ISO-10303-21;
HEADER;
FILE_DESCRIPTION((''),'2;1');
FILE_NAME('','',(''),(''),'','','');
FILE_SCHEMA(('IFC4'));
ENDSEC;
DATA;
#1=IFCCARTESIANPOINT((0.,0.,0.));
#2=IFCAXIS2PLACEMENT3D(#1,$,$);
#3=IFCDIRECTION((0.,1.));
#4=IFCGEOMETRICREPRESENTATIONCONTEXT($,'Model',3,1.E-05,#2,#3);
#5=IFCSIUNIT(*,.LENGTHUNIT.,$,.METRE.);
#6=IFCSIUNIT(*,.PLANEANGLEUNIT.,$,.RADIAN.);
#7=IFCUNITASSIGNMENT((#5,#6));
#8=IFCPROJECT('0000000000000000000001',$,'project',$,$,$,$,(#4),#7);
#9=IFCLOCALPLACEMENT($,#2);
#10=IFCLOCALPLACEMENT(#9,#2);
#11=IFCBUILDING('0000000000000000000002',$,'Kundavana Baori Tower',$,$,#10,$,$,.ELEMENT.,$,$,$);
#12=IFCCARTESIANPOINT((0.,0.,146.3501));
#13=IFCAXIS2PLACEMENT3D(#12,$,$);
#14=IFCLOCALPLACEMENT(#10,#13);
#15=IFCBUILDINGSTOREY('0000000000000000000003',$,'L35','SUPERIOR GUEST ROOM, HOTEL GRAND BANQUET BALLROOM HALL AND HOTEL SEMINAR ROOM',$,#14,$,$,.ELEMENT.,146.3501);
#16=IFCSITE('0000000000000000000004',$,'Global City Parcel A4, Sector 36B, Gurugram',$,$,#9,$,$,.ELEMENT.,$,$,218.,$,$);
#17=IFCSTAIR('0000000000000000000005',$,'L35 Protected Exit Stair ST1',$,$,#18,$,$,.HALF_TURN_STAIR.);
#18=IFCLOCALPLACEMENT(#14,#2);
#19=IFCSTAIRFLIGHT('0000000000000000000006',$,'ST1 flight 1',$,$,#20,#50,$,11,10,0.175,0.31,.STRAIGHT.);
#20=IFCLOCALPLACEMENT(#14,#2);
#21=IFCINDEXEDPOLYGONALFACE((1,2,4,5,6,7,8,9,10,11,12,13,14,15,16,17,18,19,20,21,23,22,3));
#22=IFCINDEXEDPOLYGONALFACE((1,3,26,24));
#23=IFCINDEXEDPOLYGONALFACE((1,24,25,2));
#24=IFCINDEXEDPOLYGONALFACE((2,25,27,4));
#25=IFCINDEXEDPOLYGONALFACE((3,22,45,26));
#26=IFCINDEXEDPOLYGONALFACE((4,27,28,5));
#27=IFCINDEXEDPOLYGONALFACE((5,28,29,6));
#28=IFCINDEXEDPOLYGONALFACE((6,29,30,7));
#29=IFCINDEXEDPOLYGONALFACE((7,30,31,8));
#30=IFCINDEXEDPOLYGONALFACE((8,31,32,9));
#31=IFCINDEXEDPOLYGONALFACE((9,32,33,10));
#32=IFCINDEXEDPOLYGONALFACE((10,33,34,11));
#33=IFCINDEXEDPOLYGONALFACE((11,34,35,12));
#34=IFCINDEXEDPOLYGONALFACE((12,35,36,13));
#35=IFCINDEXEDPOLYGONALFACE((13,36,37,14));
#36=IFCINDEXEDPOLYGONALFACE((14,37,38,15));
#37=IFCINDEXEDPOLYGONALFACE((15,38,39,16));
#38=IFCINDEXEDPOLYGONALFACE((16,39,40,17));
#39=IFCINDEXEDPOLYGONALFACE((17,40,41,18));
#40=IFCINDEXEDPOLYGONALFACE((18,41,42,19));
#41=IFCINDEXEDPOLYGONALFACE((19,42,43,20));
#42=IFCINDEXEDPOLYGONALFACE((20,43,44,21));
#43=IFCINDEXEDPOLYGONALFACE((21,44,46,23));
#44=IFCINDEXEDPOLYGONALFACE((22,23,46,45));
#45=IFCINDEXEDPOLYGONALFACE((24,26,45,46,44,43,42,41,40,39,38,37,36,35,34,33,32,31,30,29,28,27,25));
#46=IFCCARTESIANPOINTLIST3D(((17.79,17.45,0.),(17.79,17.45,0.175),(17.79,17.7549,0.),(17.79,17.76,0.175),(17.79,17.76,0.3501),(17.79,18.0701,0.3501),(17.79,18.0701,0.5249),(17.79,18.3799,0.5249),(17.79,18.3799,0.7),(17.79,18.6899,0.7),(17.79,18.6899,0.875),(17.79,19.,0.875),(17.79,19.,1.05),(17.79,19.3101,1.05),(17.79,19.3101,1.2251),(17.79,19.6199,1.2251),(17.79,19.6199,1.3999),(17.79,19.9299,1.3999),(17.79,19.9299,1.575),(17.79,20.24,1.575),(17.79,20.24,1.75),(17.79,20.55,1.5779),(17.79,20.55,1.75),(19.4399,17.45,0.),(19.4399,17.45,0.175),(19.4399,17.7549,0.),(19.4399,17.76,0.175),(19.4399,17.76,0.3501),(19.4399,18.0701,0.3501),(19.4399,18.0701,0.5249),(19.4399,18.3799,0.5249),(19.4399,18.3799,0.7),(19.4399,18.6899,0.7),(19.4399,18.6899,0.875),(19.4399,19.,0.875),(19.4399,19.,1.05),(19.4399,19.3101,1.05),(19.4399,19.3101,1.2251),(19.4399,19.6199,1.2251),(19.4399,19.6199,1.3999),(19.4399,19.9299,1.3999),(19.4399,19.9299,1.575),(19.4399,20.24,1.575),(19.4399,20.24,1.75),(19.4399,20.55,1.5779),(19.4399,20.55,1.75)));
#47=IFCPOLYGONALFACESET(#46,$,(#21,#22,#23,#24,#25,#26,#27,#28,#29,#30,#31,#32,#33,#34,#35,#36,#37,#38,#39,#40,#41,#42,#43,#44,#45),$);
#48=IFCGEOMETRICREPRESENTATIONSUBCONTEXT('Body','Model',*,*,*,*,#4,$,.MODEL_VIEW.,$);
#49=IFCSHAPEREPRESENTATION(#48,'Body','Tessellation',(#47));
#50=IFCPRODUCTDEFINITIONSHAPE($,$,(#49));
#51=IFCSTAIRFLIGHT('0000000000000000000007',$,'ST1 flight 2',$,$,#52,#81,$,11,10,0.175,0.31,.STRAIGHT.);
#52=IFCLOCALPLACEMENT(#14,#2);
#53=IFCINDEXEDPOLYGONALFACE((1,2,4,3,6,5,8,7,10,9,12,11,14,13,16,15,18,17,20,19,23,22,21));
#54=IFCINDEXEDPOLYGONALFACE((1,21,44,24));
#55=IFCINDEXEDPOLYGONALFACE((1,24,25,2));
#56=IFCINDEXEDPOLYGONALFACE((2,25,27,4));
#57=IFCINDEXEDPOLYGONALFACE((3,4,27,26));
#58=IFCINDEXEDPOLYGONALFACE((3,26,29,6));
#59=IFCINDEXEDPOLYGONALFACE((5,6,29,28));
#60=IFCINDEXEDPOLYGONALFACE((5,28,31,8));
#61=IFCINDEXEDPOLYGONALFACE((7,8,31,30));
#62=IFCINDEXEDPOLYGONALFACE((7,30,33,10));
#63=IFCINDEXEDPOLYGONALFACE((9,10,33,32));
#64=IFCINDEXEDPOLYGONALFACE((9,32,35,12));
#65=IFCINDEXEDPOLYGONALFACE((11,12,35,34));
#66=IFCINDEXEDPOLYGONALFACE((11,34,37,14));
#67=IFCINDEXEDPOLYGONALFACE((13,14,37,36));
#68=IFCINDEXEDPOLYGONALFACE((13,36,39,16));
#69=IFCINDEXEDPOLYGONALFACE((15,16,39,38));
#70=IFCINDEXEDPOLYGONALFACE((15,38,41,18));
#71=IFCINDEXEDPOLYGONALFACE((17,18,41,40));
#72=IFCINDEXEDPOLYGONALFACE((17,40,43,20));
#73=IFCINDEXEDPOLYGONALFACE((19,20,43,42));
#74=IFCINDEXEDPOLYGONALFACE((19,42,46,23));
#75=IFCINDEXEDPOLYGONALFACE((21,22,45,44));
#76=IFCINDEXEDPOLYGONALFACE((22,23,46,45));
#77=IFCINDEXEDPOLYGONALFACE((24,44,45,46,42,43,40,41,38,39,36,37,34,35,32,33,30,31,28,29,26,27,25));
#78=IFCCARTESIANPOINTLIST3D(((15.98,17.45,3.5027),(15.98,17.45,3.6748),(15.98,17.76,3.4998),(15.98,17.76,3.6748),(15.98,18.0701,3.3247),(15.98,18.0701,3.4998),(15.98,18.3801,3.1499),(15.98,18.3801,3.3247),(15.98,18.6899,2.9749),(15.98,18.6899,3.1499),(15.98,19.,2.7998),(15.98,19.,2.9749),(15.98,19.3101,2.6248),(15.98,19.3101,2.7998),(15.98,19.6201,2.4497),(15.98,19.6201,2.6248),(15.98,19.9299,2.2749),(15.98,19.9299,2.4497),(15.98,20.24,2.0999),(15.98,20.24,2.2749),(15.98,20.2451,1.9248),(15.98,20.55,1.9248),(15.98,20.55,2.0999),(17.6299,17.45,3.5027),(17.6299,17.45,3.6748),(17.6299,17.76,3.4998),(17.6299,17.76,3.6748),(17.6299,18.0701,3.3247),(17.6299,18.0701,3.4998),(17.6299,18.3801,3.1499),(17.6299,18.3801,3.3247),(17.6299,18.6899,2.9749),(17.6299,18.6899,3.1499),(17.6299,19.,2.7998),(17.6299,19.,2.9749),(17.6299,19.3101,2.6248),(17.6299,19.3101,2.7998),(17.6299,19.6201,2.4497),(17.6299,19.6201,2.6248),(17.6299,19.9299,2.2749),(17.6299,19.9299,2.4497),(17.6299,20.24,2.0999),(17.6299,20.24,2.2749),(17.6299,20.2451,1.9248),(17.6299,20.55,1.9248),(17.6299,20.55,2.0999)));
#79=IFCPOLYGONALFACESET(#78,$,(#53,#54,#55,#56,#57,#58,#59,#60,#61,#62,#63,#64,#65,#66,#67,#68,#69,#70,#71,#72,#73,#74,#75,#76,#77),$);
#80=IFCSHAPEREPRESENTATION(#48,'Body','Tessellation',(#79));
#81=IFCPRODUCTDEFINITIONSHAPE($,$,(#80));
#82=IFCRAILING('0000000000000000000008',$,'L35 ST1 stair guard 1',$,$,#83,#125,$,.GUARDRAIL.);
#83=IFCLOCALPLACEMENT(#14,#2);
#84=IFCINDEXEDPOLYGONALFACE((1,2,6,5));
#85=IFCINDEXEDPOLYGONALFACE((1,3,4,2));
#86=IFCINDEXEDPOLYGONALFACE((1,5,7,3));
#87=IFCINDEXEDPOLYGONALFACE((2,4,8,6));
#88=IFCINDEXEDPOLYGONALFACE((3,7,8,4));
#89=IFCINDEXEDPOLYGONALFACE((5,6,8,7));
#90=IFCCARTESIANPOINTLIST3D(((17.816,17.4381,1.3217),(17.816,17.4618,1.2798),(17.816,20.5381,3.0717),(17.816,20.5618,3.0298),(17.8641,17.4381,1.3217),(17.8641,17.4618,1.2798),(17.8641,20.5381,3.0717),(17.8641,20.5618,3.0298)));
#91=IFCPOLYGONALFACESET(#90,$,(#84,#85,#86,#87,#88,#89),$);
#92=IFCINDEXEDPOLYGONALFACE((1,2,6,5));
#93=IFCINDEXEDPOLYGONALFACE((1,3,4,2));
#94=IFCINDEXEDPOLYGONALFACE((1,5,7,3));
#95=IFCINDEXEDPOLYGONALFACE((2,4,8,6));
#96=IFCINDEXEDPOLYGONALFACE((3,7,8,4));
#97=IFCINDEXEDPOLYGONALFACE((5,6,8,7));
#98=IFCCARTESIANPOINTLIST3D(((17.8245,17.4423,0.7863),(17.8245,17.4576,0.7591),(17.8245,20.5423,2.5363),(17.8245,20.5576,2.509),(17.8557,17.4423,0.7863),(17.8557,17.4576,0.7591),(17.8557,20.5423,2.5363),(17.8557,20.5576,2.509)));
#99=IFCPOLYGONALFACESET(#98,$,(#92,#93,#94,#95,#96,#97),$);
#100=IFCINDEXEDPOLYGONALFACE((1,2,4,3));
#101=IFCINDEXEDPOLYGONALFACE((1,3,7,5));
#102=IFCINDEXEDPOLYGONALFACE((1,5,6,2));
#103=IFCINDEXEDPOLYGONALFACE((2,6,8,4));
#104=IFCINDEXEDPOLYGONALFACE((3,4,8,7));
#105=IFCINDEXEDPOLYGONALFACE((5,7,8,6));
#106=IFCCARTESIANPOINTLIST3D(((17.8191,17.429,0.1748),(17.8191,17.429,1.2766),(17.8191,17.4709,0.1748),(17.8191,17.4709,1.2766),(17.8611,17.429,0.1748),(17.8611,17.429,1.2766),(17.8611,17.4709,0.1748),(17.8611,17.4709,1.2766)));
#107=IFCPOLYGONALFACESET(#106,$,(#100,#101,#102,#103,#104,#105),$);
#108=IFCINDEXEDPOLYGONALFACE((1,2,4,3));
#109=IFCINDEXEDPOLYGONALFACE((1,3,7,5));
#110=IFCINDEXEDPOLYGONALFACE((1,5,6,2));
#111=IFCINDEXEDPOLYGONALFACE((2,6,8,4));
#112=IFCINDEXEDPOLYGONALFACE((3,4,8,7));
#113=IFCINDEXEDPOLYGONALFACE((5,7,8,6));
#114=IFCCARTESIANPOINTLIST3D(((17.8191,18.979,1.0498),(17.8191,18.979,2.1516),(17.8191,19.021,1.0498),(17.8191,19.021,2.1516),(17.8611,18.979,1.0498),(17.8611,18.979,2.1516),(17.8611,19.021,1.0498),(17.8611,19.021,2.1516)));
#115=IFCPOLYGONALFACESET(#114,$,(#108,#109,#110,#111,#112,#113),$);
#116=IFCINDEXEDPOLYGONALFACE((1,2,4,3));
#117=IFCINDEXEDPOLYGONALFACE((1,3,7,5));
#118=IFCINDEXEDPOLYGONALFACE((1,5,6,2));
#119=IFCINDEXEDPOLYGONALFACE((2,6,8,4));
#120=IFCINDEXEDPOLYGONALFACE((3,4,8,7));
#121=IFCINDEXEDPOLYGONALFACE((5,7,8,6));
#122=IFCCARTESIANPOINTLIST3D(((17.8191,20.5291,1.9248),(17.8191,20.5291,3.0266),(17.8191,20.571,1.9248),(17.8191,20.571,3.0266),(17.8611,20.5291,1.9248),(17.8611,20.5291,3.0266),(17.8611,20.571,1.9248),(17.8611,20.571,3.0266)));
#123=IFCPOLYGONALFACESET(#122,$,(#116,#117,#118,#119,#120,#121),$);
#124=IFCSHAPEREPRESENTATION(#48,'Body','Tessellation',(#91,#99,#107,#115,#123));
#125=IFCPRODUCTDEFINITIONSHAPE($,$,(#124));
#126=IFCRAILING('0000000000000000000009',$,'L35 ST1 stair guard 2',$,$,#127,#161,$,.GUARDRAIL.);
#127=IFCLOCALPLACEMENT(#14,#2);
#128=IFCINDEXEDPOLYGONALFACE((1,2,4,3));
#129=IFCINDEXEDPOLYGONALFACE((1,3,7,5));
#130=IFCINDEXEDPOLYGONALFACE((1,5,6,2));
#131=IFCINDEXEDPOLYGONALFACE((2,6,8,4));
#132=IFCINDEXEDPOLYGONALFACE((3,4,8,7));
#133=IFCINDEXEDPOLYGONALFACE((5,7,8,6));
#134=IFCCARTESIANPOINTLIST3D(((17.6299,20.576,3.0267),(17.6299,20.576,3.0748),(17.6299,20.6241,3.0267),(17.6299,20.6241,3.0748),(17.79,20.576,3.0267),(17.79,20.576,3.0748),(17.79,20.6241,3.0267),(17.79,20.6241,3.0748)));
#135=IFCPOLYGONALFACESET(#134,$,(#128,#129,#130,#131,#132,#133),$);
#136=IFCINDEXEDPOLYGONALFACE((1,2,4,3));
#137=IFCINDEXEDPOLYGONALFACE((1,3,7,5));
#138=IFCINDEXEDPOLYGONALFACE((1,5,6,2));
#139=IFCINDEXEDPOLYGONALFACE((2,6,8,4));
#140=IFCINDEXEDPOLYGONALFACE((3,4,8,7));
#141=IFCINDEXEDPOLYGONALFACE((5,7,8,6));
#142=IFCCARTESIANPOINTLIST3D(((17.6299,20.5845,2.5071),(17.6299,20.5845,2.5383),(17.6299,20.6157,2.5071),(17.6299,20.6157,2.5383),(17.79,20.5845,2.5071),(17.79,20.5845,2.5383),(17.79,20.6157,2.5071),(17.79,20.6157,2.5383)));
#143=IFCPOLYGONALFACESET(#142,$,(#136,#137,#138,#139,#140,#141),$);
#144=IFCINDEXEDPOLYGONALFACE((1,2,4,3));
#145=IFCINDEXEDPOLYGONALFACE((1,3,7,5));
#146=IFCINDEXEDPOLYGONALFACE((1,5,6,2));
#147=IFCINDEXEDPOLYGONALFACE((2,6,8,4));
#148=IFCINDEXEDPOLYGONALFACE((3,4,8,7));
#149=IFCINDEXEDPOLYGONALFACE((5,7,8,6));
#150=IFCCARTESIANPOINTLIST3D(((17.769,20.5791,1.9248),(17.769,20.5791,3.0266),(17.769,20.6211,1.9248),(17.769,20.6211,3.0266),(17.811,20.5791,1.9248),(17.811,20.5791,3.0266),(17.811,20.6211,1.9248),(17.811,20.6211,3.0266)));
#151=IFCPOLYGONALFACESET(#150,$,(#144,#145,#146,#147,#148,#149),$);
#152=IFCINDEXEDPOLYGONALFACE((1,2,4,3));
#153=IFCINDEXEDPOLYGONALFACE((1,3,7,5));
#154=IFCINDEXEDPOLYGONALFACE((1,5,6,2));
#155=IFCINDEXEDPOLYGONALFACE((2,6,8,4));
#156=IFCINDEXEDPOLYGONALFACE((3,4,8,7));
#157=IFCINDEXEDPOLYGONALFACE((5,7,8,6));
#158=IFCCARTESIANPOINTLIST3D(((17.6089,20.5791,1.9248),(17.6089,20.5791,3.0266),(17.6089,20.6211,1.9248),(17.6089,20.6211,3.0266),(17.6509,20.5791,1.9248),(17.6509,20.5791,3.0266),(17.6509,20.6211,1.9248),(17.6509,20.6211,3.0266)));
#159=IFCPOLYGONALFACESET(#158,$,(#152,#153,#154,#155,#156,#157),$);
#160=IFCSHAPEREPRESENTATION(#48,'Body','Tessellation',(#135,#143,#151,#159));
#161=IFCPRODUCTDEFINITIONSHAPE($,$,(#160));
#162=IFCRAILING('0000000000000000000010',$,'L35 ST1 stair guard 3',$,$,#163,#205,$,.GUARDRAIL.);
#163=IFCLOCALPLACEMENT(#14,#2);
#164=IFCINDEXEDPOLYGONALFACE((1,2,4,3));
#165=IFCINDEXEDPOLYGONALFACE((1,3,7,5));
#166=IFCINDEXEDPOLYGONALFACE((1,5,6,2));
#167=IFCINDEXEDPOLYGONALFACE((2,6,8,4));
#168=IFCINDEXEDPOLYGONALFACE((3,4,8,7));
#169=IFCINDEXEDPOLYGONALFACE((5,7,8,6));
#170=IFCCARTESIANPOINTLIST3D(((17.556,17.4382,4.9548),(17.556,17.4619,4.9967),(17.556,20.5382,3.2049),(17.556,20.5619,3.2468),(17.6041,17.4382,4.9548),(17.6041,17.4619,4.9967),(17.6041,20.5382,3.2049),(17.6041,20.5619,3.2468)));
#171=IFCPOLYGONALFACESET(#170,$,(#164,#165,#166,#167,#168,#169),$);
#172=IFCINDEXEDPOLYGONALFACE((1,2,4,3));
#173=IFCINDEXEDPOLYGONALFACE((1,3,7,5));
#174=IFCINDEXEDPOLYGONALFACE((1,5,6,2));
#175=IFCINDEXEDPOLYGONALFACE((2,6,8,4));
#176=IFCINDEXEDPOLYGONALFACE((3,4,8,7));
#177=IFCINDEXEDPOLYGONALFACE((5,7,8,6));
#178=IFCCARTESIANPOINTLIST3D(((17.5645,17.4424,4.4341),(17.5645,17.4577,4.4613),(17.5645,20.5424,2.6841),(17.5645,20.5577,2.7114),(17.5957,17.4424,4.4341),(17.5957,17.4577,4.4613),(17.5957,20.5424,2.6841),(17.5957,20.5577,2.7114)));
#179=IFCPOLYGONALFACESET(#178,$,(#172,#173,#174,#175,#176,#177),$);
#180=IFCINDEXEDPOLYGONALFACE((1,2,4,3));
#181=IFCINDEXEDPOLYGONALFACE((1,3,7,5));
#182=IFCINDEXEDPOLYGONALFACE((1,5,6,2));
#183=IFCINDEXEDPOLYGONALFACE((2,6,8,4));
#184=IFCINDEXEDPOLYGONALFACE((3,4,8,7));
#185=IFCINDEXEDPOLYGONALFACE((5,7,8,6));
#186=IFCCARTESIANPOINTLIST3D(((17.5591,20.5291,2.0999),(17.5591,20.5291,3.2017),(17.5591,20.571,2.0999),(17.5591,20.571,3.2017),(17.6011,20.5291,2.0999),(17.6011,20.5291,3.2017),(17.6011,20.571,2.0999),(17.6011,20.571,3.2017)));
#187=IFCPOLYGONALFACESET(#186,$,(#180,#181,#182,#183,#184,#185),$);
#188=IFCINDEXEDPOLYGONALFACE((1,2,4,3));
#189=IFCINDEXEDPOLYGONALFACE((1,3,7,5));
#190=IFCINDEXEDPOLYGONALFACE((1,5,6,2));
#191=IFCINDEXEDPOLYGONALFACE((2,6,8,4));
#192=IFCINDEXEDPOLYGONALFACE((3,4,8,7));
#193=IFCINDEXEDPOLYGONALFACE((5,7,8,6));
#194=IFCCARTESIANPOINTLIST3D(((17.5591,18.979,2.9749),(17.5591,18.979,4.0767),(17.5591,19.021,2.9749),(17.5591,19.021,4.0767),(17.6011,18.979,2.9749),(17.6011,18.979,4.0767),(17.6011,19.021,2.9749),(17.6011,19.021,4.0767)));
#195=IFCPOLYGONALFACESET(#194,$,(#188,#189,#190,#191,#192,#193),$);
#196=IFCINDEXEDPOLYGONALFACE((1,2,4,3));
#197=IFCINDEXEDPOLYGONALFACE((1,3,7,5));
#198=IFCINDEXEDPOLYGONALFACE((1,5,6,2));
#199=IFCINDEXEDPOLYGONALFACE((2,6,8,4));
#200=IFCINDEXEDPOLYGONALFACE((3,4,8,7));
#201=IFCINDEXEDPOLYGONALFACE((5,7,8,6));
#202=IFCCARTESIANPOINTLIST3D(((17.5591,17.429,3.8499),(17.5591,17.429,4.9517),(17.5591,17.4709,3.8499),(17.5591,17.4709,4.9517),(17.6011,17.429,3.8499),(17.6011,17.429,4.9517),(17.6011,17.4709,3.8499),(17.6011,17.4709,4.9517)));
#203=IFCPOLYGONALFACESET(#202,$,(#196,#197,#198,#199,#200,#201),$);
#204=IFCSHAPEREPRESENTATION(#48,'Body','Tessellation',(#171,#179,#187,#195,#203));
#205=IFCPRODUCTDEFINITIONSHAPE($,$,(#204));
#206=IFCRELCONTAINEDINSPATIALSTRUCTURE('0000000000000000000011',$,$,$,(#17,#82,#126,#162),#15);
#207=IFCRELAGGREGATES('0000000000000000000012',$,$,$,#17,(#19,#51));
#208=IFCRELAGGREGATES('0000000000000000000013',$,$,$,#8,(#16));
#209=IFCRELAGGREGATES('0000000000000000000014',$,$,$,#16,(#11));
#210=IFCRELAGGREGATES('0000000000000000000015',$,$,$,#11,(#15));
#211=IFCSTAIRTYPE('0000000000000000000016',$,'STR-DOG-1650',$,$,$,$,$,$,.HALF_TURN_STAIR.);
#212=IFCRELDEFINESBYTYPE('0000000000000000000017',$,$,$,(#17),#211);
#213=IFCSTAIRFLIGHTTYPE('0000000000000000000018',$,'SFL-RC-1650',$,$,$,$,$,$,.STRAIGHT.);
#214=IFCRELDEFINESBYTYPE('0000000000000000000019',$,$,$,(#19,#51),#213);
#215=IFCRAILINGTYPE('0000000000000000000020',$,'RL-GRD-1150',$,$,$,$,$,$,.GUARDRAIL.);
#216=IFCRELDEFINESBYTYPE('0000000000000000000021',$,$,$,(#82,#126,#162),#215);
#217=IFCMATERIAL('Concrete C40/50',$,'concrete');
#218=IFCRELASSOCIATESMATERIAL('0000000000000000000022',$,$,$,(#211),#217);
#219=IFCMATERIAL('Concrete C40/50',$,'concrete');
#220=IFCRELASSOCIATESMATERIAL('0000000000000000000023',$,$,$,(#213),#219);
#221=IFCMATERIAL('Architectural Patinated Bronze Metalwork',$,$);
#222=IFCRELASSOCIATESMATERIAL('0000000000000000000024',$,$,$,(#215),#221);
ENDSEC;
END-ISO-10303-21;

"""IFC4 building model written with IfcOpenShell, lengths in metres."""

from ifc_helpers import new_model, si_unit, direction, frame, origin, origin_2d, place, context, subcontext, project, spatial, polyline, rectangle, outline, extrude, material, type_object, element, aggregate, save


model = new_model("IFC4")

# Units and contexts
model_context = context("Model", 3, precision=1e-05, world=origin(), true_north=direction((0.0, 1.0)))
body_context = subcontext(model_context, "Body", "Model", "MODEL_VIEW")
ifc_project = project(units=[si_unit("LENGTHUNIT", "METRE"), si_unit("PLANEANGLEUNIT", "RADIAN")], contexts=[model_context])

# Site, building, storey
site_placement = place(None, origin())
site = spatial("IfcSite", under=ifc_project, at=site_placement, Name="Global City Parcel A4, Sector 36B, Gurugram", CompositionType="ELEMENT", RefElevation=218.0)
building_placement = place(site_placement, origin())
building = spatial("IfcBuilding", under=site, at=building_placement, Name="Kundavana Baori Tower", CompositionType="ELEMENT")
storey_placement = place(building_placement, frame((0.0, 0.0, 146.3501)))
storey = spatial("IfcBuildingStorey", under=building, at=storey_placement, Name="L35", Description="SUPERIOR GUEST ROOM, HOTEL GRAND BANQUET BALLROOM HALL AND HOTEL SEMINAR ROOM", CompositionType="ELEMENT", Elevation=146.3501)

# Stair, stair flights
ifc_material_1 = material(Name="Concrete C40/50", Category="concrete")
stair_type = type_object("IfcStairType", Name="STR-DOG-1650", PredefinedType="HALF_TURN_STAIR", material=ifc_material_1)
stair_placement = place(storey_placement, origin())
stair = element("IfcStair", 1, at=stair_placement, inside=storey, type_object=stair_type, Name="L35 Protected Exit Stair ST1", PredefinedType="HALF_TURN_STAIR")
ifc_material_2 = material(Name="Concrete C40/50", Category="concrete")
stair_flight_type = type_object("IfcStairFlightType", Name="SFL-RC-1650", PredefinedType="STRAIGHT", material=ifc_material_2)
stair_flight_1_placement = place(storey_placement, frame((18.615, 17.45, 0.0), z_axis=(0.0, 0.0, 1.0), x_axis=(0.0, 1.0, 0.0)))
stair_flight_1 = element("IfcStairFlight", 2, at=stair_flight_1_placement, type_object=stair_flight_type, Name="ST1 flight 1", NumberOfRisers=11, NumberOfTreads=10, PredefinedType="STRAIGHT", RiserHeight=0.175, TreadLength=0.31, context=body_context, shape_type="SweptSolid", body=[
    extrude(outline(polyline([(0.0, 0.0), (0.0, 0.175), (0.3101, 0.175), (0.3101, 0.3501), (0.6201, 0.3501), (0.6201, 0.5249), (0.9299, 0.5249), (0.9299, 0.7), (1.24, 0.7), (1.24, 0.875), (1.55, 0.875), (1.55, 1.05), (1.8601, 1.05), (1.8601, 1.2251), (2.1699, 1.2251), (2.1699, 1.3999), (2.48, 1.3999), (2.48, 1.575), (2.79, 1.575), (2.79, 1.75), (3.1001, 1.75), (3.1001, 1.925), (3.1001, 1.5779), (0.3049, 0.0), (0.0, 0.0)])), frame((0.0, 0.825, 0.0), z_axis=(0.0, -1.0, 0.0), x_axis=(1.0, 0.0, 0.0)), (0.0, 0.0, 1.0), 1.6499),
])
stair_flight_2_placement = place(storey_placement, frame((16.8049, 20.55, 1.9248), z_axis=(0.0, 0.0, 1.0), x_axis=(0.0, -1.0, 0.0)))
stair_flight_2 = element("IfcStairFlight", 3, at=stair_flight_2_placement, type_object=stair_flight_type, Name="ST1 flight 2", NumberOfRisers=11, NumberOfTreads=10, PredefinedType="STRAIGHT", RiserHeight=0.175, TreadLength=0.31, context=body_context, shape_type="SweptSolid", body=[
    extrude(outline(polyline([(0.0, 0.0), (0.0, 0.175), (0.3101, 0.175), (0.3101, 0.3501), (0.6201, 0.3501), (0.6201, 0.5249), (0.9299, 0.5249), (0.9299, 0.7), (1.24, 0.7), (1.24, 0.875), (1.55, 0.875), (1.55, 1.05), (1.8601, 1.05), (1.8601, 1.2251), (2.1699, 1.2251), (2.1699, 1.3999), (2.48, 1.3999), (2.48, 1.575), (2.79, 1.575), (2.79, 1.75), (3.1001, 1.75), (3.1001, 1.925), (3.1001, 1.5779), (0.3049, 0.0), (0.0, 0.0)])), frame((0.0, 0.825, 0.0), z_axis=(0.0, -1.0, 0.0), x_axis=(1.0, 0.0, 0.0)), (0.0, 0.0, 1.0), 1.6499),
])
aggregate(stair, [stair_flight_1, stair_flight_2])

# Railings
ifc_material_3 = material(Name="Architectural Patinated Bronze Metalwork")
railing_type_1 = type_object("IfcRailingType", Name="RL-GRD-1150", PredefinedType="GUARDRAIL", material=ifc_material_3)
railing_1_placement = place(storey_placement, frame((17.8401, 17.45, 0.1748)))
element("IfcRailing", 4, at=railing_1_placement, inside=storey, type_object=railing_type_1, Name="L35 ST1 stair guard 1", PredefinedType="GUARDRAIL", context=body_context, shape_type="SweptSolid", body=[
    extrude(rectangle(XDim=0.0481, YDim=0.0481, at=origin_2d()), frame((0.0, 0.0, 1.126), z_axis=(0.0, 0.870831, 0.491583), x_axis=(-1.0, 0.0, 0.0)), (0.0, 0.0, 1.0), 3.5598),
    extrude(rectangle(XDim=0.0312, YDim=0.0312, at=origin_2d()), frame((0.0, 0.0, 0.5979), z_axis=(0.0, 0.870831, 0.491583), x_axis=(-1.0, 0.0, 0.0)), (0.0, 0.0, 1.0), 3.5598),
    extrude(rectangle(XDim=0.042, YDim=0.042, at=origin_2d()), origin(), (0.0, 0.0, 1.0), 1.1018),
    extrude(rectangle(XDim=0.042, YDim=0.042, at=origin_2d()), frame((0.0, 1.55, 0.875)), (0.0, 0.0, 1.0), 1.1018),
    extrude(rectangle(XDim=0.042, YDim=0.042, at=origin_2d()), frame((0.0, 3.1001, 1.75)), (0.0, 0.0, 1.0), 1.1018),
])
railing_2_placement = place(storey_placement, frame((17.79, 20.6001, 1.9248)))
element("IfcRailing", 5, at=railing_2_placement, inside=storey, type_object=railing_type_1, Name="L35 ST1 stair guard 2", PredefinedType="GUARDRAIL", context=body_context, shape_type="SweptSolid", body=[
    extrude(rectangle(XDim=0.0481, YDim=0.0481, at=origin_2d()), frame((0.0, 0.0, 1.126), z_axis=(-1.0, 0.0, 0.0), x_axis=(0.0, -1.0, 0.0)), (0.0, 0.0, 1.0), 0.1602),
    extrude(rectangle(XDim=0.0312, YDim=0.0312, at=origin_2d()), frame((0.0, 0.0, 0.5979), z_axis=(-1.0, 0.0, 0.0), x_axis=(0.0, -1.0, 0.0)), (0.0, 0.0, 1.0), 0.1602),
    extrude(rectangle(XDim=0.042, YDim=0.042, at=origin_2d()), origin(), (0.0, 0.0, 1.0), 1.1018),
    extrude(rectangle(XDim=0.042, YDim=0.042, at=origin_2d()), frame((-0.1602, 0.0, 0.0)), (0.0, 0.0, 1.0), 1.1018),
])
railing_3_placement = place(storey_placement, frame((17.5801, 20.55, 2.0999)))
element("IfcRailing", 6, at=railing_3_placement, inside=storey, type_object=railing_type_1, Name="L35 ST1 stair guard 3", PredefinedType="GUARDRAIL", context=body_context, shape_type="SweptSolid", body=[
    extrude(rectangle(XDim=0.0481, YDim=0.0481, at=origin_2d()), frame((0.0, 0.0, 1.126), z_axis=(0.0, -0.870831, 0.491583), x_axis=(1.0, 0.0, 0.0)), (0.0, 0.0, 1.0), 3.5598),
    extrude(rectangle(XDim=0.0312, YDim=0.0312, at=origin_2d()), frame((0.0, 0.0, 0.5979), z_axis=(0.0, -0.870831, 0.491583), x_axis=(1.0, 0.0, 0.0)), (0.0, 0.0, 1.0), 3.5598),
    extrude(rectangle(XDim=0.042, YDim=0.042, at=origin_2d()), origin(), (0.0, 0.0, 1.0), 1.1018),
    extrude(rectangle(XDim=0.042, YDim=0.042, at=origin_2d()), frame((0.0, -1.55, 0.875)), (0.0, 0.0, 1.0), 1.1018),
    extrude(rectangle(XDim=0.042, YDim=0.042, at=origin_2d()), frame((0.0, -3.1001, 1.75)), (0.0, 0.0, 1.0), 1.1018),
])

save(model, "model.ifc")
